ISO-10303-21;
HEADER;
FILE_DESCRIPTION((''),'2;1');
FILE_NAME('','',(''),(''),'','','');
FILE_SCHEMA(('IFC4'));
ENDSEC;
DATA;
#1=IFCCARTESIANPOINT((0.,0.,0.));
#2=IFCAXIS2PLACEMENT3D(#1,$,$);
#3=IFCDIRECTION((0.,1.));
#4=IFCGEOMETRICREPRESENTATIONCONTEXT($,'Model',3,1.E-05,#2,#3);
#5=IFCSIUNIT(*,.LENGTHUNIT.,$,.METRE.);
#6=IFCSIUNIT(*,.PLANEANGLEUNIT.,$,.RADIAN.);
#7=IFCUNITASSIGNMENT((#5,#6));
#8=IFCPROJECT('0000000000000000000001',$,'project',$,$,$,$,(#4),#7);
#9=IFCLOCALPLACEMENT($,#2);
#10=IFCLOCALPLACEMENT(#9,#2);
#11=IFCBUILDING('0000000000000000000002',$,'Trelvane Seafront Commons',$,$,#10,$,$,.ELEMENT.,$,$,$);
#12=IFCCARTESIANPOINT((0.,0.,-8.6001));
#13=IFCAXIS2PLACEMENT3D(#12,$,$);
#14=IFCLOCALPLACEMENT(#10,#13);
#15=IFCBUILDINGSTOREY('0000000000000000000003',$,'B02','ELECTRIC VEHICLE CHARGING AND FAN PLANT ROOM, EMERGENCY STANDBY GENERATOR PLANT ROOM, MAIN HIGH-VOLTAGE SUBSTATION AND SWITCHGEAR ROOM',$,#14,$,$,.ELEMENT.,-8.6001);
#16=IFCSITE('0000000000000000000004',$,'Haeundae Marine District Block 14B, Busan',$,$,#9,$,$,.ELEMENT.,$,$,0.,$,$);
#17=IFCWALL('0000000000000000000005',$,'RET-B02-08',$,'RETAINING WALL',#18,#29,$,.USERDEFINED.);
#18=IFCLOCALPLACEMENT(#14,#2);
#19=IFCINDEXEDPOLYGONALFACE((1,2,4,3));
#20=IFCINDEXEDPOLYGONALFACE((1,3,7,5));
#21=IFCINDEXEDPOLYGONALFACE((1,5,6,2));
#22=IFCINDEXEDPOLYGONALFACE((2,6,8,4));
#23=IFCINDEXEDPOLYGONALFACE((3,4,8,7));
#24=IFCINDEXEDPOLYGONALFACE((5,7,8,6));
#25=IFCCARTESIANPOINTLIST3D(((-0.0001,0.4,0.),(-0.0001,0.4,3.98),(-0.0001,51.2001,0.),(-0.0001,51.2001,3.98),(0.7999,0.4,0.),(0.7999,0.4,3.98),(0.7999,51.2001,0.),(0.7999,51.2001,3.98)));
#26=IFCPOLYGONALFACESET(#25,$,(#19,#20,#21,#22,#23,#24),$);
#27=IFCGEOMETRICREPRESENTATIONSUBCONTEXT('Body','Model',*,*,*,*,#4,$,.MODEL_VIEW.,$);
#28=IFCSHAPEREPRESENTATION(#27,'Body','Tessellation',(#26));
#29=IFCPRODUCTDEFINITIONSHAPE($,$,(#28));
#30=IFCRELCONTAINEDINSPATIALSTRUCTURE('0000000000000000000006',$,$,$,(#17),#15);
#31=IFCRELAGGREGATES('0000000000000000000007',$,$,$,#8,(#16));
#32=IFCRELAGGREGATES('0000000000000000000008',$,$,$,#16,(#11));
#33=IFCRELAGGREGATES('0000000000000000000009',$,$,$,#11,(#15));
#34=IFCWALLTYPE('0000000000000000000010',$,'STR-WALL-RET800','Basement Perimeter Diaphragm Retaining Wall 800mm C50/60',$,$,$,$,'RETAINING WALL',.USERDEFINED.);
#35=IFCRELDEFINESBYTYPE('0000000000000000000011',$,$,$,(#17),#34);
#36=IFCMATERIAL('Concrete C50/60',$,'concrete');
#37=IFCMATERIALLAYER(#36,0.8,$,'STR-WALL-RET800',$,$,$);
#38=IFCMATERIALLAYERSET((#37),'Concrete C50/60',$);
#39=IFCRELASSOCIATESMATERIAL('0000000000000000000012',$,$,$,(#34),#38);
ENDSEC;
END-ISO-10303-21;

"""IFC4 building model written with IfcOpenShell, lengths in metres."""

from ifc_helpers import new_model, si_unit, direction, frame, frame_2d, origin, place, context, subcontext, project, spatial, rectangle, extrude, material, layer, layer_set, type_object, element, save


model = new_model("IFC4")

# Units and contexts
model_context = context("Model", 3, precision=1e-05, world=origin(), true_north=direction((0.0, 1.0)))
body_context = subcontext(model_context, "Body", "Model", "MODEL_VIEW")
ifc_project = project(units=[si_unit("LENGTHUNIT", "METRE"), si_unit("PLANEANGLEUNIT", "RADIAN")], contexts=[model_context])

# Site, building, storey
site_placement = place(None, origin())
site = spatial("IfcSite", under=ifc_project, at=site_placement, Name="Haeundae Marine District Block 14B, Busan", CompositionType="ELEMENT", RefElevation=0.0)
building_placement = place(site_placement, origin())
building = spatial("IfcBuilding", under=site, at=building_placement, Name="Trelvane Seafront Commons", CompositionType="ELEMENT")
storey_placement = place(building_placement, frame((0.0, 0.0, -8.6001)))
storey = spatial("IfcBuildingStorey", under=building, at=storey_placement, Name="B02", Description="ELECTRIC VEHICLE CHARGING AND FAN PLANT ROOM, EMERGENCY STANDBY GENERATOR PLANT ROOM, MAIN HIGH-VOLTAGE SUBSTATION AND SWITCHGEAR ROOM", CompositionType="ELEMENT", Elevation=-8.6001)

# Shared definitions
ifc_material_1 = material(Name="Concrete C50/60", Category="concrete")

# Wall
ifc_layer_1 = layer(ifc_material_1, 0.8, Name="STR-WALL-RET800")
ifc_layer_set_1 = layer_set([ifc_layer_1], Name="Concrete C50/60")
wall_type_1 = type_object("IfcWallType", Name="STR-WALL-RET800", Description="Basement Perimeter Diaphragm Retaining Wall 800mm C50/60", ElementType="RETAINING WALL", PredefinedType="USERDEFINED", material=ifc_layer_set_1)
wall_1_placement = place(storey_placement, frame((0.3999, 51.2, 0.0), z_axis=(0.0, 0.0, 1.0), x_axis=(0.0, -1.0, 0.0)))
element("IfcWall", 1, at=wall_1_placement, inside=storey, type_object=wall_type_1, Name="RET-B02-08", ObjectType="RETAINING WALL", PredefinedType="USERDEFINED", context=body_context, shape_type="SweptSolid", body=[
    extrude(rectangle(XDim=50.8, YDim=0.8, at=frame_2d((25.3999, 0.0))), origin(), (0.0, 0.0, 1.0), 3.98),
])

save(model, "model.ifc")
